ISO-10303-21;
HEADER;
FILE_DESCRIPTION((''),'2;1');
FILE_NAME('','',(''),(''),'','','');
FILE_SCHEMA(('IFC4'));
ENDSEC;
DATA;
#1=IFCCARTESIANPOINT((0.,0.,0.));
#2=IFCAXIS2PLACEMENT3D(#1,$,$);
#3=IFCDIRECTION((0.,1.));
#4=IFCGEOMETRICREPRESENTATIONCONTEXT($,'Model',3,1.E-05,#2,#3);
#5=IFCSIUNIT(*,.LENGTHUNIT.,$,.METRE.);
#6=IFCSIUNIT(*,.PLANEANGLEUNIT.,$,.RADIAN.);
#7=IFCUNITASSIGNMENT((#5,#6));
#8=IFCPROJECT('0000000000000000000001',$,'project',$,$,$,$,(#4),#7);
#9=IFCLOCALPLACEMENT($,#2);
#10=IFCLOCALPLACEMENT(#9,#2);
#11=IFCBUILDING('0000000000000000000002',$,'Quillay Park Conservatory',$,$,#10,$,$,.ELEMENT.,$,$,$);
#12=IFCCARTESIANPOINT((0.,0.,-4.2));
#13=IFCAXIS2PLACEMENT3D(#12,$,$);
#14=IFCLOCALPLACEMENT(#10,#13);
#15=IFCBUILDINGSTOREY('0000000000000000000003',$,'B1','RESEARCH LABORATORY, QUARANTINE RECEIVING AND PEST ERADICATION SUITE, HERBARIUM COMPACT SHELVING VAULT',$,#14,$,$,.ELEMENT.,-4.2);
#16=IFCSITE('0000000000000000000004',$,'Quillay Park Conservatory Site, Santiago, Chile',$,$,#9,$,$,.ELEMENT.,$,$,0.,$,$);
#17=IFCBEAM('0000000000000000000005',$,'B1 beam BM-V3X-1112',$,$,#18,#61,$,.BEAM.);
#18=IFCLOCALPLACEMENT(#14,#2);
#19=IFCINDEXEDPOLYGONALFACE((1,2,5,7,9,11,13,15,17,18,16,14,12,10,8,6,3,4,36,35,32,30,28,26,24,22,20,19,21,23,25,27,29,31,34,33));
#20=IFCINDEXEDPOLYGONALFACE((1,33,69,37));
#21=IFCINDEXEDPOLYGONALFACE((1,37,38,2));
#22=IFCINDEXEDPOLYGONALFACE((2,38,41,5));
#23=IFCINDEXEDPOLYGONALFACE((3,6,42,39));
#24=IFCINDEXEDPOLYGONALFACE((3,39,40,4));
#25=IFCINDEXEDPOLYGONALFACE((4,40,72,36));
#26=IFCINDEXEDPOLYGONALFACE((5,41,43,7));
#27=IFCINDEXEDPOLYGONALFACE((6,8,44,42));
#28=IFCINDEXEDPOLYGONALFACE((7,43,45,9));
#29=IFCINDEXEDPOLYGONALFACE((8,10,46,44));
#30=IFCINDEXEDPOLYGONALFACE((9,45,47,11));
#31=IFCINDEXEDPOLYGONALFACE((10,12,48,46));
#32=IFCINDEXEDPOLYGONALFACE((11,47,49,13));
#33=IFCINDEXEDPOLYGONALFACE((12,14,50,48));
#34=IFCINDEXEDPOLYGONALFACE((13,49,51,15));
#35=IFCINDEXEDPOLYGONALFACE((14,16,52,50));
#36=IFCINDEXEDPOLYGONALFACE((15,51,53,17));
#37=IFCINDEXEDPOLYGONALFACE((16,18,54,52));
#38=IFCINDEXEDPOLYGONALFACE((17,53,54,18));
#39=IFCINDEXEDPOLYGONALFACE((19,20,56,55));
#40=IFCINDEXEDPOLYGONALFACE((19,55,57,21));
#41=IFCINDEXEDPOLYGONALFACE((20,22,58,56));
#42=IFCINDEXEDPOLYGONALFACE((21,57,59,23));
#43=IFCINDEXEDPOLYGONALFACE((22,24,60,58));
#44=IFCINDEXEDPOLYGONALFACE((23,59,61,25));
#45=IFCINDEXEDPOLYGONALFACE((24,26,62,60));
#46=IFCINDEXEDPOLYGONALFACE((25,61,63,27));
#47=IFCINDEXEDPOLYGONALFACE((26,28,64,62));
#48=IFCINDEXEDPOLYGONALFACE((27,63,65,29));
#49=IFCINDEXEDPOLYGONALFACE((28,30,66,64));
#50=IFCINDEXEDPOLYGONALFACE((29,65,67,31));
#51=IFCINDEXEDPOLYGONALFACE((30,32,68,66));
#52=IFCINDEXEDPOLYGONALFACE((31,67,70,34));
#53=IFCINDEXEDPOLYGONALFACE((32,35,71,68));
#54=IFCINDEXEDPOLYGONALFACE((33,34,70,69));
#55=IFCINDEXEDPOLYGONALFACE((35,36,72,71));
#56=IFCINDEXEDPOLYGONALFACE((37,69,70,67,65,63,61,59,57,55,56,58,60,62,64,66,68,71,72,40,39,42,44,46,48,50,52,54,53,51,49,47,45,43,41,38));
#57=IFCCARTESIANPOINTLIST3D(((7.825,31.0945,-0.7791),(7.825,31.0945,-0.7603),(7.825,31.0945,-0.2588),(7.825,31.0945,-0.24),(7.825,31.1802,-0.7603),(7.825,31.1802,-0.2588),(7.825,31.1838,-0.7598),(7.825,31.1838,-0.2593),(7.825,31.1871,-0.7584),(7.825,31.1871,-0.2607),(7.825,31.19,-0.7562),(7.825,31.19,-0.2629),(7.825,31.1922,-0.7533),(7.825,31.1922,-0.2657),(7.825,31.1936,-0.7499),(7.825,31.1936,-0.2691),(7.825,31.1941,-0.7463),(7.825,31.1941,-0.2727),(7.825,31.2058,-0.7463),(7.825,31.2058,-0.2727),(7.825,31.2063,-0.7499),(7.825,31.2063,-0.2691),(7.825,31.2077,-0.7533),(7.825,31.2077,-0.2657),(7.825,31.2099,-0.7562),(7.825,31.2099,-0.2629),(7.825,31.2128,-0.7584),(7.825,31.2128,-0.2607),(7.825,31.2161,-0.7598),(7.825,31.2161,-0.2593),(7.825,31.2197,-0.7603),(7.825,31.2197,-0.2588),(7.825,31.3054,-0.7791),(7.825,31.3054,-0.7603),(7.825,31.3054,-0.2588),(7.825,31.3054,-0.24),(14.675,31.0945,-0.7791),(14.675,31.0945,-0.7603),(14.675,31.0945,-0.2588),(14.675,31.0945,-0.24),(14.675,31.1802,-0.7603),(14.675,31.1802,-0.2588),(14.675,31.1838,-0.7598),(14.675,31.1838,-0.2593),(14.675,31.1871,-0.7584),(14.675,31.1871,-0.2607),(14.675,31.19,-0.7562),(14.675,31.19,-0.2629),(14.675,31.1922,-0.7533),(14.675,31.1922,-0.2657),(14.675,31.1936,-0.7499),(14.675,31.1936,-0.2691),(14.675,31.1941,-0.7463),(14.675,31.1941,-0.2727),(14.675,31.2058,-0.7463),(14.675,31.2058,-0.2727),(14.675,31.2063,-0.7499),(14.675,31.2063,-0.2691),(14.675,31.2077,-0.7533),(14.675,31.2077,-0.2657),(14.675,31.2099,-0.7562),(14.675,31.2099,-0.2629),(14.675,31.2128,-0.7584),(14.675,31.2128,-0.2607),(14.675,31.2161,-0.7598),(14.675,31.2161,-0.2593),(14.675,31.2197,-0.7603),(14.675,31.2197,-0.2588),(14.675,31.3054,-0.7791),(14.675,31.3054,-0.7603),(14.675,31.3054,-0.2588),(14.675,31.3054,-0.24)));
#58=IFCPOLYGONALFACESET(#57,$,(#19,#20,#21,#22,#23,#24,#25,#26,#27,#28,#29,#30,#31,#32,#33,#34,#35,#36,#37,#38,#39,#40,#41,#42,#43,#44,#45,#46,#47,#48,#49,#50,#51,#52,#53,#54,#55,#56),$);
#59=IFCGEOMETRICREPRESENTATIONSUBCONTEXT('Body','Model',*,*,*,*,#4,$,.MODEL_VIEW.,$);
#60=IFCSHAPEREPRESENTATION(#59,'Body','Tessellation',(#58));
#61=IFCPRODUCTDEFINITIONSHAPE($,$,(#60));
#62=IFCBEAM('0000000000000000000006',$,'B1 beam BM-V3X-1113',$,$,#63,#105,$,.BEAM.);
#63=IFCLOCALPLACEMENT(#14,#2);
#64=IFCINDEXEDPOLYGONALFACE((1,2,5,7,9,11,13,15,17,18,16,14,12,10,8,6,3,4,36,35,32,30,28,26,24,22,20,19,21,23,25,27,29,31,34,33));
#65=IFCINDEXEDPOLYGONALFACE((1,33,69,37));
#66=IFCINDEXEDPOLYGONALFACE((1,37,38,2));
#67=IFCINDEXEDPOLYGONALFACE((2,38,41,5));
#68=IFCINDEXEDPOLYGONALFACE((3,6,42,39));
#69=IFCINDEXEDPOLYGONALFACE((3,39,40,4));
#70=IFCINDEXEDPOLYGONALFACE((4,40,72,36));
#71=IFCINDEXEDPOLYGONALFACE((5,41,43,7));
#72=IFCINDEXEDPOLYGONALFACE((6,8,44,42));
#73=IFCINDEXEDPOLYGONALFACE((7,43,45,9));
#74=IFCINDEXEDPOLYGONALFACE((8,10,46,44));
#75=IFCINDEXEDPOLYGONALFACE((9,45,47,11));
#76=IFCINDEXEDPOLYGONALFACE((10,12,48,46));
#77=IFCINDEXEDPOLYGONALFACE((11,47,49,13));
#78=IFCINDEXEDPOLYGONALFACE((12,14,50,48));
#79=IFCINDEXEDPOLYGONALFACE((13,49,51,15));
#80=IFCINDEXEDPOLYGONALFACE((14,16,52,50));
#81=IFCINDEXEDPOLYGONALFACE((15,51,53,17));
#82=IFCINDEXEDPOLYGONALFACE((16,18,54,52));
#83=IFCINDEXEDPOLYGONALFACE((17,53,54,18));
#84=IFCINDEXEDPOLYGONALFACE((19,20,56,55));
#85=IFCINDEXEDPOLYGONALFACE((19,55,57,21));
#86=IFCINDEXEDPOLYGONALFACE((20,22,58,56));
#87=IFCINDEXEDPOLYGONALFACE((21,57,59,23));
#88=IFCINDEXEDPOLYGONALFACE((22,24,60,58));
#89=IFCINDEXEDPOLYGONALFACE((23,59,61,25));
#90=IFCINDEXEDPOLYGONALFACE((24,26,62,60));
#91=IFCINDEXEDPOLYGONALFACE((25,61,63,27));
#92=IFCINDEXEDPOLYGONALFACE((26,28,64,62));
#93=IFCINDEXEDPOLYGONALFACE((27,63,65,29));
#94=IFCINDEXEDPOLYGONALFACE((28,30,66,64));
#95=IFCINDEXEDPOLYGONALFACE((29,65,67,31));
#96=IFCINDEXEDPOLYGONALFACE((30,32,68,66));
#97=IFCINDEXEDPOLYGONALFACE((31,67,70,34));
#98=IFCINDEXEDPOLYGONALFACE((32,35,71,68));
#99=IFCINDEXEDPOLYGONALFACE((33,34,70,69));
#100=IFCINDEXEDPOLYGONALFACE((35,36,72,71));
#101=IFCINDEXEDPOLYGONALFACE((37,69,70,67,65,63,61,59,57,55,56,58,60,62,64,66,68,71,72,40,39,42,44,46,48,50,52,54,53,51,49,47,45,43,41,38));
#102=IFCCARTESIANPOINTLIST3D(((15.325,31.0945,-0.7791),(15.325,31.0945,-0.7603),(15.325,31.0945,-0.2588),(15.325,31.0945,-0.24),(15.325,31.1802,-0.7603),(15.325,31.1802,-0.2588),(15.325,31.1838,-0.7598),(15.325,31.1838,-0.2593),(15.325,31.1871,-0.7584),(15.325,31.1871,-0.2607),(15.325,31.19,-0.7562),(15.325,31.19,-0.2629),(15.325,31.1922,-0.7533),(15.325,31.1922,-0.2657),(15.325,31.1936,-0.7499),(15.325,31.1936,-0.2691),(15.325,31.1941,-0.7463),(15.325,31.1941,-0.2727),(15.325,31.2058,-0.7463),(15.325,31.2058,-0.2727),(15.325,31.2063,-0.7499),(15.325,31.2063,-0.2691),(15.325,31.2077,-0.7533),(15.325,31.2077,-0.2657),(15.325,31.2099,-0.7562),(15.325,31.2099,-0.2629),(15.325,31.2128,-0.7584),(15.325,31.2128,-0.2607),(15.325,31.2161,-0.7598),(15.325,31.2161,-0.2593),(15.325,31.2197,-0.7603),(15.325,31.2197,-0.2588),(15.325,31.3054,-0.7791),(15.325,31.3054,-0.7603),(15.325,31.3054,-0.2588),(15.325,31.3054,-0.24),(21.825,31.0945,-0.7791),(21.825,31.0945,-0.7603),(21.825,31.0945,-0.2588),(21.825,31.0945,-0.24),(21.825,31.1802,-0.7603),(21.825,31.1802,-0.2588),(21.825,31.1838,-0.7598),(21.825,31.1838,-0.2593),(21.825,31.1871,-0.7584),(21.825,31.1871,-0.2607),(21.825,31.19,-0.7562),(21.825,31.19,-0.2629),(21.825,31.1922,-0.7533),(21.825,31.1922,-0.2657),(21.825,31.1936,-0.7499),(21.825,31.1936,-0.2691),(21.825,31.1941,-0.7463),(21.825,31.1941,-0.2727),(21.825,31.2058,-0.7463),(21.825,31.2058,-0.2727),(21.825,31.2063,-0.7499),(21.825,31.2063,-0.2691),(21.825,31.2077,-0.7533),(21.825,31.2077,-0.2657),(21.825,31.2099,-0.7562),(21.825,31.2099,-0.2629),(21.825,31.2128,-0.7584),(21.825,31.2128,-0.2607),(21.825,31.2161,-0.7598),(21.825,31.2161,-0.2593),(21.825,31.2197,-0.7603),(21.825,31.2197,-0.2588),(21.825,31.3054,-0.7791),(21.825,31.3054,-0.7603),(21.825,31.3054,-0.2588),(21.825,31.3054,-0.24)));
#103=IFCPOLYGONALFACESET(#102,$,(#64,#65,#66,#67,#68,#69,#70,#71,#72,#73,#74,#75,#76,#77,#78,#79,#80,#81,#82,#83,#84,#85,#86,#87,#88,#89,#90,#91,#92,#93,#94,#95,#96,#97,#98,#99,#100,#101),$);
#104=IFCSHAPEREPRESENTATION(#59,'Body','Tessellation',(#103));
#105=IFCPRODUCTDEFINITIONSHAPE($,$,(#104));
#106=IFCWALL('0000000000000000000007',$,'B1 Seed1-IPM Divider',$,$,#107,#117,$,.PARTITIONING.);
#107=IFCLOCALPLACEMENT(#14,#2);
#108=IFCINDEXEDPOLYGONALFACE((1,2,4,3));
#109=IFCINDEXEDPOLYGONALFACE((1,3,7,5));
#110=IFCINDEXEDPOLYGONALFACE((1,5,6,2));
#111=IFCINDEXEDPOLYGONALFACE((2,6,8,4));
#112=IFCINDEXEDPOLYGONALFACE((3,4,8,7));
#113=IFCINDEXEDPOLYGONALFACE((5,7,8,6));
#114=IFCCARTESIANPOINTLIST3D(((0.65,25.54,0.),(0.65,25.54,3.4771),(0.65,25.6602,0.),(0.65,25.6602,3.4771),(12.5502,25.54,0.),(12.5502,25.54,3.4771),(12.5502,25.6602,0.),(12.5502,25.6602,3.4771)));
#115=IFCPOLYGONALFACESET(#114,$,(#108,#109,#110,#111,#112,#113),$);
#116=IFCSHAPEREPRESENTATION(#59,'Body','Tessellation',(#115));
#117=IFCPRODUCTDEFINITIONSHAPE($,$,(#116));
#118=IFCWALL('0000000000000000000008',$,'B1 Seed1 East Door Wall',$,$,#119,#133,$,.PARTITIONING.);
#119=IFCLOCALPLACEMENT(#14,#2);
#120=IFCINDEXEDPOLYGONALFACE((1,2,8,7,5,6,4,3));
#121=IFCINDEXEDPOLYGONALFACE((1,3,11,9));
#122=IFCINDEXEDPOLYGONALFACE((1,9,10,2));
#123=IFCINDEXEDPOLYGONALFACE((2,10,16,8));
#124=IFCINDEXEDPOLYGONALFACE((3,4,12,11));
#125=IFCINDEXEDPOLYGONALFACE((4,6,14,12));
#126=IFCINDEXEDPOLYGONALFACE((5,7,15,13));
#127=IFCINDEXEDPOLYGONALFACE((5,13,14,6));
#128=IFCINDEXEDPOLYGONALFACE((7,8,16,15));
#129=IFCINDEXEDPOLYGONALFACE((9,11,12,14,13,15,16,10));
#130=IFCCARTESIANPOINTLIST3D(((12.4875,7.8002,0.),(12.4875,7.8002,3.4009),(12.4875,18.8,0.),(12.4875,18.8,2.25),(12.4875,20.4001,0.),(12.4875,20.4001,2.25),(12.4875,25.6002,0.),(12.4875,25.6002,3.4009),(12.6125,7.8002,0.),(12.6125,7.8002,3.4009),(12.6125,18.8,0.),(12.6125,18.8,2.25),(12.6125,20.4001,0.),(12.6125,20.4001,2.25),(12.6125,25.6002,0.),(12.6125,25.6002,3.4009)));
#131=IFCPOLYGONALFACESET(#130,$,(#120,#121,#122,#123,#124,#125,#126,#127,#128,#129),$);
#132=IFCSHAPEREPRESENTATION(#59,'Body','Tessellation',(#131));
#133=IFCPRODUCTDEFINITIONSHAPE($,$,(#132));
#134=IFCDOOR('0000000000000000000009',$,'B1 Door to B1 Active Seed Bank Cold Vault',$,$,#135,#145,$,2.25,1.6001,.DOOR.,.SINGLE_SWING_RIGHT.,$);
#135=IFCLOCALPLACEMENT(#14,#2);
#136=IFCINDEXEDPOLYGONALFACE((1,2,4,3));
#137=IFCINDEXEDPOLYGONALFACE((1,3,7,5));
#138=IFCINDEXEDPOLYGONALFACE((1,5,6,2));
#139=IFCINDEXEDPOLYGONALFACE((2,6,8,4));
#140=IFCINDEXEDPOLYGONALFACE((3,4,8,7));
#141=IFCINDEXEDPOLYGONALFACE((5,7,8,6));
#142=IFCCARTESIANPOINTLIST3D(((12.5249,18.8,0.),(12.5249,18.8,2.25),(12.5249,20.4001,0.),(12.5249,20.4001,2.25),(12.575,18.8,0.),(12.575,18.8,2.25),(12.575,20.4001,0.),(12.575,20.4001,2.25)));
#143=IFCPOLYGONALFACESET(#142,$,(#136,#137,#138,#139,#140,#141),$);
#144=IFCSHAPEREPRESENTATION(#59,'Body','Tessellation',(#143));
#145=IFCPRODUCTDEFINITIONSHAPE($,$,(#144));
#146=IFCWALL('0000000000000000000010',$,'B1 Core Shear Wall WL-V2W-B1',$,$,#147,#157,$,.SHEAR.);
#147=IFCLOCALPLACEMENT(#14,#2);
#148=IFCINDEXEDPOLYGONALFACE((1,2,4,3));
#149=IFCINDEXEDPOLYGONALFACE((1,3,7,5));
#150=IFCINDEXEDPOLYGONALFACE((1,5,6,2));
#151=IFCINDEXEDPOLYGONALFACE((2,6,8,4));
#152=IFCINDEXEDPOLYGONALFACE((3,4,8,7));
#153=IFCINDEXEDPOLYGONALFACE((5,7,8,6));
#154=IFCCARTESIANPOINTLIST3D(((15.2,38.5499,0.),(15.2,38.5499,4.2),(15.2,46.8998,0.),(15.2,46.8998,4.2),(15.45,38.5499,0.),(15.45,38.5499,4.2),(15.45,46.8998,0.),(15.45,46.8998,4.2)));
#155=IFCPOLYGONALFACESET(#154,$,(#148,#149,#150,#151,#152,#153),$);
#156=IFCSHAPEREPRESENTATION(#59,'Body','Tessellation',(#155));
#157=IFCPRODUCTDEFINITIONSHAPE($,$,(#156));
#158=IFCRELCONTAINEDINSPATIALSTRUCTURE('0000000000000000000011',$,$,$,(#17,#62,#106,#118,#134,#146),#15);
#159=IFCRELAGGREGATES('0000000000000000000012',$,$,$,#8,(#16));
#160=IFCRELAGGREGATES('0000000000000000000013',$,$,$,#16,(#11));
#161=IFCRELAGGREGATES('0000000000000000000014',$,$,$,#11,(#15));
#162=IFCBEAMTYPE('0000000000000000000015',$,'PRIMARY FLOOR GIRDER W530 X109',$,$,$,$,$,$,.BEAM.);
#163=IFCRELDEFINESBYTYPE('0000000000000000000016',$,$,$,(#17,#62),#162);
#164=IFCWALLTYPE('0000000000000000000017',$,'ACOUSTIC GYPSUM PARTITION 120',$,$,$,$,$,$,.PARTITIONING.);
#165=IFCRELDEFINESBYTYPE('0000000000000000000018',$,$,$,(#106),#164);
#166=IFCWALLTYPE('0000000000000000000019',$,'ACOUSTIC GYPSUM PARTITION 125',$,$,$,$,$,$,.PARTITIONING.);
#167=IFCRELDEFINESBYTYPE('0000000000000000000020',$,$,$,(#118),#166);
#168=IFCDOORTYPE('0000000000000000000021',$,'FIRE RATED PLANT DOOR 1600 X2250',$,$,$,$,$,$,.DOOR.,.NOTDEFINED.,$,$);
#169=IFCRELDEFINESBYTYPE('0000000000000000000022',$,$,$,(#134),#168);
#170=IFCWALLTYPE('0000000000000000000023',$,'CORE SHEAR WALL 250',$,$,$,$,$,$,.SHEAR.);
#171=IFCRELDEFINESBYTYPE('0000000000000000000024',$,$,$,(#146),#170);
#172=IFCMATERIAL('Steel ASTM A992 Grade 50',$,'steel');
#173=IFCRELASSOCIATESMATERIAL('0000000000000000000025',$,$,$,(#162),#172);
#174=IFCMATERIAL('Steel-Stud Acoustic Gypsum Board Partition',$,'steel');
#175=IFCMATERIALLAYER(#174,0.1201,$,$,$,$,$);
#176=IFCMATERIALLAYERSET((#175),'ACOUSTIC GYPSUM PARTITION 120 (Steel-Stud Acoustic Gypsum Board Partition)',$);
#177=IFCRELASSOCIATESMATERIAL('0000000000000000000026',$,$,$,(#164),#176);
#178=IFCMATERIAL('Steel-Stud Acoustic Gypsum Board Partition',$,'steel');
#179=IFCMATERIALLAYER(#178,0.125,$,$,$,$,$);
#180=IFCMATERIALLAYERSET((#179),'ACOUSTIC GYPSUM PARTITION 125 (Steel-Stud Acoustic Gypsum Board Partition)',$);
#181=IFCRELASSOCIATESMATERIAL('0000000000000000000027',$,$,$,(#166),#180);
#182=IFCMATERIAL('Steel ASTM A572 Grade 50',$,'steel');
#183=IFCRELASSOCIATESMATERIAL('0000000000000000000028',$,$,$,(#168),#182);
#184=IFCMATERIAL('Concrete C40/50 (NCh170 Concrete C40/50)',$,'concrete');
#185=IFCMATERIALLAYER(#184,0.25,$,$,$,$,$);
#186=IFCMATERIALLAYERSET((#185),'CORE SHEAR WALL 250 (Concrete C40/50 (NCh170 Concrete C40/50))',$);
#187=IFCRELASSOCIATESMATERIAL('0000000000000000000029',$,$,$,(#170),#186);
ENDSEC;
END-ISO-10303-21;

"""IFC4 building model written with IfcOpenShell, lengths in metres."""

from ifc_helpers import new_model, si_unit, direction, frame, frame_2d, origin, origin_2d, place, context, subcontext, project, spatial, rectangle, i_section, extrude, material, layer, layer_set, material_profile, profile_set, type_object, element, fill, save


model = new_model("IFC4")

# Units and contexts
model_context = context("Model", 3, precision=1e-05, world=origin(), true_north=direction((0.0, 1.0)))
body_context = subcontext(model_context, "Body", "Model", "MODEL_VIEW")
ifc_project = project(units=[si_unit("LENGTHUNIT", "METRE"), si_unit("PLANEANGLEUNIT", "RADIAN")], contexts=[model_context])

# Site, building, storey
site_placement = place(None, origin())
site = spatial("IfcSite", under=ifc_project, at=site_placement, Name="Quillay Park Conservatory Site, Santiago, Chile", CompositionType="ELEMENT", RefElevation=0.0)
building_placement = place(site_placement, origin())
building = spatial("IfcBuilding", under=site, at=building_placement, Name="Quillay Park Conservatory", CompositionType="ELEMENT")
storey_placement = place(building_placement, frame((0.0, 0.0, -4.2)))
storey = spatial("IfcBuildingStorey", under=building, at=storey_placement, Name="B1", Description="RESEARCH LABORATORY, QUARANTINE RECEIVING AND PEST ERADICATION SUITE, HERBARIUM COMPACT SHELVING VAULT", CompositionType="ELEMENT", Elevation=-4.2)

# Beams
ifc_material_1 = material(Name="Steel ASTM A992 Grade 50", Category="steel")
ifc_material_profile_1 = material_profile(ifc_material_1, i_section(OverallWidth=0.2109, OverallDepth=0.5391, WebThickness=0.0117, FlangeThickness=0.0188, FilletRadius=0.0139, at=origin_2d()), Name="W530x109")
ifc_profile_set_1 = profile_set([ifc_material_profile_1], Name="Steel ASTM A992 Grade 50")
beam_type_1 = type_object("IfcBeamType", Name="PRIMARY FLOOR GIRDER W530 X109", PredefinedType="BEAM", material=ifc_profile_set_1)
beam_1_placement = place(storey_placement, frame((7.825, 31.2, -0.5095), z_axis=(1.0, 0.0, 0.0), x_axis=(0.0, 1.0, 0.0)))
element("IfcBeam", 1, at=beam_1_placement, inside=storey, type_object=beam_type_1, Name="B1 beam BM-V3X-1112", PredefinedType="BEAM", context=body_context, shape_type="SweptSolid", body=[
    extrude(i_section(OverallWidth=0.2109, OverallDepth=0.5391, WebThickness=0.0117, FlangeThickness=0.0188, FilletRadius=0.0139, at=origin_2d()), origin(), (0.0, 0.0, 1.0), 6.8501),
])
beam_2_placement = place(storey_placement, frame((15.325, 31.2, -0.5095), z_axis=(1.0, 0.0, 0.0), x_axis=(0.0, 1.0, 0.0)))
element("IfcBeam", 2, at=beam_2_placement, inside=storey, type_object=beam_type_1, Name="B1 beam BM-V3X-1113", PredefinedType="BEAM", context=body_context, shape_type="SweptSolid", body=[
    extrude(i_section(OverallWidth=0.2109, OverallDepth=0.5391, WebThickness=0.0117, FlangeThickness=0.0188, FilletRadius=0.0139, at=origin_2d()), origin(), (0.0, 0.0, 1.0), 6.5),
])

# Wall
ifc_material_2 = material(Name="Steel-Stud Acoustic Gypsum Board Partition", Category="steel")
ifc_layer_1 = layer(ifc_material_2, 0.1201)
ifc_layer_set_1 = layer_set([ifc_layer_1], Name="ACOUSTIC GYPSUM PARTITION 120 (Steel-Stud Acoustic Gypsum Board Partition)")
wall_type_1 = type_object("IfcWallType", Name="ACOUSTIC GYPSUM PARTITION 120", PredefinedType="PARTITIONING", material=ifc_layer_set_1)
wall_1_placement = place(storey_placement, frame((0.6499, 25.6001, 0.0), z_axis=(0.0, 0.0, 1.0), x_axis=(1.0, 0.0, 0.0)))
element("IfcWall", 3, at=wall_1_placement, inside=storey, type_object=wall_type_1, Name="B1 Seed1-IPM Divider", PredefinedType="PARTITIONING", context=body_context, shape_type="SweptSolid", body=[
    extrude(rectangle(XDim=11.9001, YDim=0.1201, at=frame_2d((5.9502, 0.0))), origin(), (0.0, 0.0, 1.0), 3.4771),
])

# Wall, opening, door
ifc_material_3 = material(Name="Steel-Stud Acoustic Gypsum Board Partition", Category="steel")
ifc_layer_2 = layer(ifc_material_3, 0.125)
ifc_layer_set_2 = layer_set([ifc_layer_2], Name="ACOUSTIC GYPSUM PARTITION 125 (Steel-Stud Acoustic Gypsum Board Partition)")
wall_type_2 = type_object("IfcWallType", Name="ACOUSTIC GYPSUM PARTITION 125", PredefinedType="PARTITIONING", material=ifc_layer_set_2)
wall_2_placement = place(storey_placement, frame((12.55, 25.6001, 0.0), z_axis=(0.0, 0.0, 1.0), x_axis=(0.0, -1.0, 0.0)))
wall_2 = element("IfcWall", 4, at=wall_2_placement, inside=storey, type_object=wall_type_2, Name="B1 Seed1 East Door Wall", PredefinedType="PARTITIONING", context=body_context, shape_type="SweptSolid", body=[
    extrude(rectangle(XDim=17.8, YDim=0.125, at=frame_2d((8.8999, 0.0))), origin(), (0.0, 0.0, 1.0), 3.4009),
])
opening_1_placement = place(wall_2_placement, frame((5.2, 0.0, 0.0)))
opening_1 = element("IfcOpeningElement", 5, at=opening_1_placement, cuts=wall_2, PredefinedType="OPENING", context=body_context, shape_type="SweptSolid", body=[
    extrude(rectangle(XDim=1.6001, YDim=2.25, at=frame_2d((0.8, 1.125))), frame((0.0, 0.0625, 0.0), z_axis=(0.0, -1.0, 0.0), x_axis=(1.0, 0.0, 0.0)), (0.0, 0.0, 1.0), 0.125),
])
ifc_material_4 = material(Name="Steel ASTM A572 Grade 50", Category="steel")
door_type_1 = type_object("IfcDoorType", Name="FIRE RATED PLANT DOOR 1600 X2250", OperationType="NOTDEFINED", PredefinedType="DOOR", material=ifc_material_4)
door_1_placement = place(opening_1_placement, origin())
door_1 = element("IfcDoor", 6, at=door_1_placement, inside=storey, type_object=door_type_1, Name="B1 Door to B1 Active Seed Bank Cold Vault", OperationType="SINGLE_SWING_RIGHT", OverallHeight=2.25, OverallWidth=1.6001, PredefinedType="DOOR", context=body_context, shape_type="SweptSolid", body=[
    extrude(rectangle(XDim=1.6001, YDim=2.25, at=frame_2d((0.8, 1.125))), frame((0.0, 0.0249, 0.0), z_axis=(0.0, -1.0, 0.0), x_axis=(1.0, 0.0, 0.0)), (0.0, 0.0, 1.0), 0.05),
])
fill(opening_1, door_1)
ifc_material_5 = material(Name="Concrete C40/50 (NCh170 Concrete C40/50)", Category="concrete")
ifc_layer_3 = layer(ifc_material_5, 0.25)
ifc_layer_set_3 = layer_set([ifc_layer_3], Name="CORE SHEAR WALL 250 (Concrete C40/50 (NCh170 Concrete C40/50))")
wall_type_3 = type_object("IfcWallType", Name="CORE SHEAR WALL 250", PredefinedType="SHEAR", material=ifc_layer_set_3)

# Wall
wall_3_placement = place(storey_placement, frame((15.325, 38.55, 0.0), z_axis=(0.0, 0.0, 1.0), x_axis=(0.0, 1.0, 0.0)))
element("IfcWall", 7, at=wall_3_placement, inside=storey, type_object=wall_type_3, Name="B1 Core Shear Wall WL-V2W-B1", PredefinedType="SHEAR", context=body_context, shape_type="SweptSolid", body=[
    extrude(rectangle(XDim=8.3499, YDim=0.25, at=frame_2d((4.1748, 0.0))), origin(), (0.0, 0.0, 1.0), 4.2),
])

save(model, "model.ifc")
